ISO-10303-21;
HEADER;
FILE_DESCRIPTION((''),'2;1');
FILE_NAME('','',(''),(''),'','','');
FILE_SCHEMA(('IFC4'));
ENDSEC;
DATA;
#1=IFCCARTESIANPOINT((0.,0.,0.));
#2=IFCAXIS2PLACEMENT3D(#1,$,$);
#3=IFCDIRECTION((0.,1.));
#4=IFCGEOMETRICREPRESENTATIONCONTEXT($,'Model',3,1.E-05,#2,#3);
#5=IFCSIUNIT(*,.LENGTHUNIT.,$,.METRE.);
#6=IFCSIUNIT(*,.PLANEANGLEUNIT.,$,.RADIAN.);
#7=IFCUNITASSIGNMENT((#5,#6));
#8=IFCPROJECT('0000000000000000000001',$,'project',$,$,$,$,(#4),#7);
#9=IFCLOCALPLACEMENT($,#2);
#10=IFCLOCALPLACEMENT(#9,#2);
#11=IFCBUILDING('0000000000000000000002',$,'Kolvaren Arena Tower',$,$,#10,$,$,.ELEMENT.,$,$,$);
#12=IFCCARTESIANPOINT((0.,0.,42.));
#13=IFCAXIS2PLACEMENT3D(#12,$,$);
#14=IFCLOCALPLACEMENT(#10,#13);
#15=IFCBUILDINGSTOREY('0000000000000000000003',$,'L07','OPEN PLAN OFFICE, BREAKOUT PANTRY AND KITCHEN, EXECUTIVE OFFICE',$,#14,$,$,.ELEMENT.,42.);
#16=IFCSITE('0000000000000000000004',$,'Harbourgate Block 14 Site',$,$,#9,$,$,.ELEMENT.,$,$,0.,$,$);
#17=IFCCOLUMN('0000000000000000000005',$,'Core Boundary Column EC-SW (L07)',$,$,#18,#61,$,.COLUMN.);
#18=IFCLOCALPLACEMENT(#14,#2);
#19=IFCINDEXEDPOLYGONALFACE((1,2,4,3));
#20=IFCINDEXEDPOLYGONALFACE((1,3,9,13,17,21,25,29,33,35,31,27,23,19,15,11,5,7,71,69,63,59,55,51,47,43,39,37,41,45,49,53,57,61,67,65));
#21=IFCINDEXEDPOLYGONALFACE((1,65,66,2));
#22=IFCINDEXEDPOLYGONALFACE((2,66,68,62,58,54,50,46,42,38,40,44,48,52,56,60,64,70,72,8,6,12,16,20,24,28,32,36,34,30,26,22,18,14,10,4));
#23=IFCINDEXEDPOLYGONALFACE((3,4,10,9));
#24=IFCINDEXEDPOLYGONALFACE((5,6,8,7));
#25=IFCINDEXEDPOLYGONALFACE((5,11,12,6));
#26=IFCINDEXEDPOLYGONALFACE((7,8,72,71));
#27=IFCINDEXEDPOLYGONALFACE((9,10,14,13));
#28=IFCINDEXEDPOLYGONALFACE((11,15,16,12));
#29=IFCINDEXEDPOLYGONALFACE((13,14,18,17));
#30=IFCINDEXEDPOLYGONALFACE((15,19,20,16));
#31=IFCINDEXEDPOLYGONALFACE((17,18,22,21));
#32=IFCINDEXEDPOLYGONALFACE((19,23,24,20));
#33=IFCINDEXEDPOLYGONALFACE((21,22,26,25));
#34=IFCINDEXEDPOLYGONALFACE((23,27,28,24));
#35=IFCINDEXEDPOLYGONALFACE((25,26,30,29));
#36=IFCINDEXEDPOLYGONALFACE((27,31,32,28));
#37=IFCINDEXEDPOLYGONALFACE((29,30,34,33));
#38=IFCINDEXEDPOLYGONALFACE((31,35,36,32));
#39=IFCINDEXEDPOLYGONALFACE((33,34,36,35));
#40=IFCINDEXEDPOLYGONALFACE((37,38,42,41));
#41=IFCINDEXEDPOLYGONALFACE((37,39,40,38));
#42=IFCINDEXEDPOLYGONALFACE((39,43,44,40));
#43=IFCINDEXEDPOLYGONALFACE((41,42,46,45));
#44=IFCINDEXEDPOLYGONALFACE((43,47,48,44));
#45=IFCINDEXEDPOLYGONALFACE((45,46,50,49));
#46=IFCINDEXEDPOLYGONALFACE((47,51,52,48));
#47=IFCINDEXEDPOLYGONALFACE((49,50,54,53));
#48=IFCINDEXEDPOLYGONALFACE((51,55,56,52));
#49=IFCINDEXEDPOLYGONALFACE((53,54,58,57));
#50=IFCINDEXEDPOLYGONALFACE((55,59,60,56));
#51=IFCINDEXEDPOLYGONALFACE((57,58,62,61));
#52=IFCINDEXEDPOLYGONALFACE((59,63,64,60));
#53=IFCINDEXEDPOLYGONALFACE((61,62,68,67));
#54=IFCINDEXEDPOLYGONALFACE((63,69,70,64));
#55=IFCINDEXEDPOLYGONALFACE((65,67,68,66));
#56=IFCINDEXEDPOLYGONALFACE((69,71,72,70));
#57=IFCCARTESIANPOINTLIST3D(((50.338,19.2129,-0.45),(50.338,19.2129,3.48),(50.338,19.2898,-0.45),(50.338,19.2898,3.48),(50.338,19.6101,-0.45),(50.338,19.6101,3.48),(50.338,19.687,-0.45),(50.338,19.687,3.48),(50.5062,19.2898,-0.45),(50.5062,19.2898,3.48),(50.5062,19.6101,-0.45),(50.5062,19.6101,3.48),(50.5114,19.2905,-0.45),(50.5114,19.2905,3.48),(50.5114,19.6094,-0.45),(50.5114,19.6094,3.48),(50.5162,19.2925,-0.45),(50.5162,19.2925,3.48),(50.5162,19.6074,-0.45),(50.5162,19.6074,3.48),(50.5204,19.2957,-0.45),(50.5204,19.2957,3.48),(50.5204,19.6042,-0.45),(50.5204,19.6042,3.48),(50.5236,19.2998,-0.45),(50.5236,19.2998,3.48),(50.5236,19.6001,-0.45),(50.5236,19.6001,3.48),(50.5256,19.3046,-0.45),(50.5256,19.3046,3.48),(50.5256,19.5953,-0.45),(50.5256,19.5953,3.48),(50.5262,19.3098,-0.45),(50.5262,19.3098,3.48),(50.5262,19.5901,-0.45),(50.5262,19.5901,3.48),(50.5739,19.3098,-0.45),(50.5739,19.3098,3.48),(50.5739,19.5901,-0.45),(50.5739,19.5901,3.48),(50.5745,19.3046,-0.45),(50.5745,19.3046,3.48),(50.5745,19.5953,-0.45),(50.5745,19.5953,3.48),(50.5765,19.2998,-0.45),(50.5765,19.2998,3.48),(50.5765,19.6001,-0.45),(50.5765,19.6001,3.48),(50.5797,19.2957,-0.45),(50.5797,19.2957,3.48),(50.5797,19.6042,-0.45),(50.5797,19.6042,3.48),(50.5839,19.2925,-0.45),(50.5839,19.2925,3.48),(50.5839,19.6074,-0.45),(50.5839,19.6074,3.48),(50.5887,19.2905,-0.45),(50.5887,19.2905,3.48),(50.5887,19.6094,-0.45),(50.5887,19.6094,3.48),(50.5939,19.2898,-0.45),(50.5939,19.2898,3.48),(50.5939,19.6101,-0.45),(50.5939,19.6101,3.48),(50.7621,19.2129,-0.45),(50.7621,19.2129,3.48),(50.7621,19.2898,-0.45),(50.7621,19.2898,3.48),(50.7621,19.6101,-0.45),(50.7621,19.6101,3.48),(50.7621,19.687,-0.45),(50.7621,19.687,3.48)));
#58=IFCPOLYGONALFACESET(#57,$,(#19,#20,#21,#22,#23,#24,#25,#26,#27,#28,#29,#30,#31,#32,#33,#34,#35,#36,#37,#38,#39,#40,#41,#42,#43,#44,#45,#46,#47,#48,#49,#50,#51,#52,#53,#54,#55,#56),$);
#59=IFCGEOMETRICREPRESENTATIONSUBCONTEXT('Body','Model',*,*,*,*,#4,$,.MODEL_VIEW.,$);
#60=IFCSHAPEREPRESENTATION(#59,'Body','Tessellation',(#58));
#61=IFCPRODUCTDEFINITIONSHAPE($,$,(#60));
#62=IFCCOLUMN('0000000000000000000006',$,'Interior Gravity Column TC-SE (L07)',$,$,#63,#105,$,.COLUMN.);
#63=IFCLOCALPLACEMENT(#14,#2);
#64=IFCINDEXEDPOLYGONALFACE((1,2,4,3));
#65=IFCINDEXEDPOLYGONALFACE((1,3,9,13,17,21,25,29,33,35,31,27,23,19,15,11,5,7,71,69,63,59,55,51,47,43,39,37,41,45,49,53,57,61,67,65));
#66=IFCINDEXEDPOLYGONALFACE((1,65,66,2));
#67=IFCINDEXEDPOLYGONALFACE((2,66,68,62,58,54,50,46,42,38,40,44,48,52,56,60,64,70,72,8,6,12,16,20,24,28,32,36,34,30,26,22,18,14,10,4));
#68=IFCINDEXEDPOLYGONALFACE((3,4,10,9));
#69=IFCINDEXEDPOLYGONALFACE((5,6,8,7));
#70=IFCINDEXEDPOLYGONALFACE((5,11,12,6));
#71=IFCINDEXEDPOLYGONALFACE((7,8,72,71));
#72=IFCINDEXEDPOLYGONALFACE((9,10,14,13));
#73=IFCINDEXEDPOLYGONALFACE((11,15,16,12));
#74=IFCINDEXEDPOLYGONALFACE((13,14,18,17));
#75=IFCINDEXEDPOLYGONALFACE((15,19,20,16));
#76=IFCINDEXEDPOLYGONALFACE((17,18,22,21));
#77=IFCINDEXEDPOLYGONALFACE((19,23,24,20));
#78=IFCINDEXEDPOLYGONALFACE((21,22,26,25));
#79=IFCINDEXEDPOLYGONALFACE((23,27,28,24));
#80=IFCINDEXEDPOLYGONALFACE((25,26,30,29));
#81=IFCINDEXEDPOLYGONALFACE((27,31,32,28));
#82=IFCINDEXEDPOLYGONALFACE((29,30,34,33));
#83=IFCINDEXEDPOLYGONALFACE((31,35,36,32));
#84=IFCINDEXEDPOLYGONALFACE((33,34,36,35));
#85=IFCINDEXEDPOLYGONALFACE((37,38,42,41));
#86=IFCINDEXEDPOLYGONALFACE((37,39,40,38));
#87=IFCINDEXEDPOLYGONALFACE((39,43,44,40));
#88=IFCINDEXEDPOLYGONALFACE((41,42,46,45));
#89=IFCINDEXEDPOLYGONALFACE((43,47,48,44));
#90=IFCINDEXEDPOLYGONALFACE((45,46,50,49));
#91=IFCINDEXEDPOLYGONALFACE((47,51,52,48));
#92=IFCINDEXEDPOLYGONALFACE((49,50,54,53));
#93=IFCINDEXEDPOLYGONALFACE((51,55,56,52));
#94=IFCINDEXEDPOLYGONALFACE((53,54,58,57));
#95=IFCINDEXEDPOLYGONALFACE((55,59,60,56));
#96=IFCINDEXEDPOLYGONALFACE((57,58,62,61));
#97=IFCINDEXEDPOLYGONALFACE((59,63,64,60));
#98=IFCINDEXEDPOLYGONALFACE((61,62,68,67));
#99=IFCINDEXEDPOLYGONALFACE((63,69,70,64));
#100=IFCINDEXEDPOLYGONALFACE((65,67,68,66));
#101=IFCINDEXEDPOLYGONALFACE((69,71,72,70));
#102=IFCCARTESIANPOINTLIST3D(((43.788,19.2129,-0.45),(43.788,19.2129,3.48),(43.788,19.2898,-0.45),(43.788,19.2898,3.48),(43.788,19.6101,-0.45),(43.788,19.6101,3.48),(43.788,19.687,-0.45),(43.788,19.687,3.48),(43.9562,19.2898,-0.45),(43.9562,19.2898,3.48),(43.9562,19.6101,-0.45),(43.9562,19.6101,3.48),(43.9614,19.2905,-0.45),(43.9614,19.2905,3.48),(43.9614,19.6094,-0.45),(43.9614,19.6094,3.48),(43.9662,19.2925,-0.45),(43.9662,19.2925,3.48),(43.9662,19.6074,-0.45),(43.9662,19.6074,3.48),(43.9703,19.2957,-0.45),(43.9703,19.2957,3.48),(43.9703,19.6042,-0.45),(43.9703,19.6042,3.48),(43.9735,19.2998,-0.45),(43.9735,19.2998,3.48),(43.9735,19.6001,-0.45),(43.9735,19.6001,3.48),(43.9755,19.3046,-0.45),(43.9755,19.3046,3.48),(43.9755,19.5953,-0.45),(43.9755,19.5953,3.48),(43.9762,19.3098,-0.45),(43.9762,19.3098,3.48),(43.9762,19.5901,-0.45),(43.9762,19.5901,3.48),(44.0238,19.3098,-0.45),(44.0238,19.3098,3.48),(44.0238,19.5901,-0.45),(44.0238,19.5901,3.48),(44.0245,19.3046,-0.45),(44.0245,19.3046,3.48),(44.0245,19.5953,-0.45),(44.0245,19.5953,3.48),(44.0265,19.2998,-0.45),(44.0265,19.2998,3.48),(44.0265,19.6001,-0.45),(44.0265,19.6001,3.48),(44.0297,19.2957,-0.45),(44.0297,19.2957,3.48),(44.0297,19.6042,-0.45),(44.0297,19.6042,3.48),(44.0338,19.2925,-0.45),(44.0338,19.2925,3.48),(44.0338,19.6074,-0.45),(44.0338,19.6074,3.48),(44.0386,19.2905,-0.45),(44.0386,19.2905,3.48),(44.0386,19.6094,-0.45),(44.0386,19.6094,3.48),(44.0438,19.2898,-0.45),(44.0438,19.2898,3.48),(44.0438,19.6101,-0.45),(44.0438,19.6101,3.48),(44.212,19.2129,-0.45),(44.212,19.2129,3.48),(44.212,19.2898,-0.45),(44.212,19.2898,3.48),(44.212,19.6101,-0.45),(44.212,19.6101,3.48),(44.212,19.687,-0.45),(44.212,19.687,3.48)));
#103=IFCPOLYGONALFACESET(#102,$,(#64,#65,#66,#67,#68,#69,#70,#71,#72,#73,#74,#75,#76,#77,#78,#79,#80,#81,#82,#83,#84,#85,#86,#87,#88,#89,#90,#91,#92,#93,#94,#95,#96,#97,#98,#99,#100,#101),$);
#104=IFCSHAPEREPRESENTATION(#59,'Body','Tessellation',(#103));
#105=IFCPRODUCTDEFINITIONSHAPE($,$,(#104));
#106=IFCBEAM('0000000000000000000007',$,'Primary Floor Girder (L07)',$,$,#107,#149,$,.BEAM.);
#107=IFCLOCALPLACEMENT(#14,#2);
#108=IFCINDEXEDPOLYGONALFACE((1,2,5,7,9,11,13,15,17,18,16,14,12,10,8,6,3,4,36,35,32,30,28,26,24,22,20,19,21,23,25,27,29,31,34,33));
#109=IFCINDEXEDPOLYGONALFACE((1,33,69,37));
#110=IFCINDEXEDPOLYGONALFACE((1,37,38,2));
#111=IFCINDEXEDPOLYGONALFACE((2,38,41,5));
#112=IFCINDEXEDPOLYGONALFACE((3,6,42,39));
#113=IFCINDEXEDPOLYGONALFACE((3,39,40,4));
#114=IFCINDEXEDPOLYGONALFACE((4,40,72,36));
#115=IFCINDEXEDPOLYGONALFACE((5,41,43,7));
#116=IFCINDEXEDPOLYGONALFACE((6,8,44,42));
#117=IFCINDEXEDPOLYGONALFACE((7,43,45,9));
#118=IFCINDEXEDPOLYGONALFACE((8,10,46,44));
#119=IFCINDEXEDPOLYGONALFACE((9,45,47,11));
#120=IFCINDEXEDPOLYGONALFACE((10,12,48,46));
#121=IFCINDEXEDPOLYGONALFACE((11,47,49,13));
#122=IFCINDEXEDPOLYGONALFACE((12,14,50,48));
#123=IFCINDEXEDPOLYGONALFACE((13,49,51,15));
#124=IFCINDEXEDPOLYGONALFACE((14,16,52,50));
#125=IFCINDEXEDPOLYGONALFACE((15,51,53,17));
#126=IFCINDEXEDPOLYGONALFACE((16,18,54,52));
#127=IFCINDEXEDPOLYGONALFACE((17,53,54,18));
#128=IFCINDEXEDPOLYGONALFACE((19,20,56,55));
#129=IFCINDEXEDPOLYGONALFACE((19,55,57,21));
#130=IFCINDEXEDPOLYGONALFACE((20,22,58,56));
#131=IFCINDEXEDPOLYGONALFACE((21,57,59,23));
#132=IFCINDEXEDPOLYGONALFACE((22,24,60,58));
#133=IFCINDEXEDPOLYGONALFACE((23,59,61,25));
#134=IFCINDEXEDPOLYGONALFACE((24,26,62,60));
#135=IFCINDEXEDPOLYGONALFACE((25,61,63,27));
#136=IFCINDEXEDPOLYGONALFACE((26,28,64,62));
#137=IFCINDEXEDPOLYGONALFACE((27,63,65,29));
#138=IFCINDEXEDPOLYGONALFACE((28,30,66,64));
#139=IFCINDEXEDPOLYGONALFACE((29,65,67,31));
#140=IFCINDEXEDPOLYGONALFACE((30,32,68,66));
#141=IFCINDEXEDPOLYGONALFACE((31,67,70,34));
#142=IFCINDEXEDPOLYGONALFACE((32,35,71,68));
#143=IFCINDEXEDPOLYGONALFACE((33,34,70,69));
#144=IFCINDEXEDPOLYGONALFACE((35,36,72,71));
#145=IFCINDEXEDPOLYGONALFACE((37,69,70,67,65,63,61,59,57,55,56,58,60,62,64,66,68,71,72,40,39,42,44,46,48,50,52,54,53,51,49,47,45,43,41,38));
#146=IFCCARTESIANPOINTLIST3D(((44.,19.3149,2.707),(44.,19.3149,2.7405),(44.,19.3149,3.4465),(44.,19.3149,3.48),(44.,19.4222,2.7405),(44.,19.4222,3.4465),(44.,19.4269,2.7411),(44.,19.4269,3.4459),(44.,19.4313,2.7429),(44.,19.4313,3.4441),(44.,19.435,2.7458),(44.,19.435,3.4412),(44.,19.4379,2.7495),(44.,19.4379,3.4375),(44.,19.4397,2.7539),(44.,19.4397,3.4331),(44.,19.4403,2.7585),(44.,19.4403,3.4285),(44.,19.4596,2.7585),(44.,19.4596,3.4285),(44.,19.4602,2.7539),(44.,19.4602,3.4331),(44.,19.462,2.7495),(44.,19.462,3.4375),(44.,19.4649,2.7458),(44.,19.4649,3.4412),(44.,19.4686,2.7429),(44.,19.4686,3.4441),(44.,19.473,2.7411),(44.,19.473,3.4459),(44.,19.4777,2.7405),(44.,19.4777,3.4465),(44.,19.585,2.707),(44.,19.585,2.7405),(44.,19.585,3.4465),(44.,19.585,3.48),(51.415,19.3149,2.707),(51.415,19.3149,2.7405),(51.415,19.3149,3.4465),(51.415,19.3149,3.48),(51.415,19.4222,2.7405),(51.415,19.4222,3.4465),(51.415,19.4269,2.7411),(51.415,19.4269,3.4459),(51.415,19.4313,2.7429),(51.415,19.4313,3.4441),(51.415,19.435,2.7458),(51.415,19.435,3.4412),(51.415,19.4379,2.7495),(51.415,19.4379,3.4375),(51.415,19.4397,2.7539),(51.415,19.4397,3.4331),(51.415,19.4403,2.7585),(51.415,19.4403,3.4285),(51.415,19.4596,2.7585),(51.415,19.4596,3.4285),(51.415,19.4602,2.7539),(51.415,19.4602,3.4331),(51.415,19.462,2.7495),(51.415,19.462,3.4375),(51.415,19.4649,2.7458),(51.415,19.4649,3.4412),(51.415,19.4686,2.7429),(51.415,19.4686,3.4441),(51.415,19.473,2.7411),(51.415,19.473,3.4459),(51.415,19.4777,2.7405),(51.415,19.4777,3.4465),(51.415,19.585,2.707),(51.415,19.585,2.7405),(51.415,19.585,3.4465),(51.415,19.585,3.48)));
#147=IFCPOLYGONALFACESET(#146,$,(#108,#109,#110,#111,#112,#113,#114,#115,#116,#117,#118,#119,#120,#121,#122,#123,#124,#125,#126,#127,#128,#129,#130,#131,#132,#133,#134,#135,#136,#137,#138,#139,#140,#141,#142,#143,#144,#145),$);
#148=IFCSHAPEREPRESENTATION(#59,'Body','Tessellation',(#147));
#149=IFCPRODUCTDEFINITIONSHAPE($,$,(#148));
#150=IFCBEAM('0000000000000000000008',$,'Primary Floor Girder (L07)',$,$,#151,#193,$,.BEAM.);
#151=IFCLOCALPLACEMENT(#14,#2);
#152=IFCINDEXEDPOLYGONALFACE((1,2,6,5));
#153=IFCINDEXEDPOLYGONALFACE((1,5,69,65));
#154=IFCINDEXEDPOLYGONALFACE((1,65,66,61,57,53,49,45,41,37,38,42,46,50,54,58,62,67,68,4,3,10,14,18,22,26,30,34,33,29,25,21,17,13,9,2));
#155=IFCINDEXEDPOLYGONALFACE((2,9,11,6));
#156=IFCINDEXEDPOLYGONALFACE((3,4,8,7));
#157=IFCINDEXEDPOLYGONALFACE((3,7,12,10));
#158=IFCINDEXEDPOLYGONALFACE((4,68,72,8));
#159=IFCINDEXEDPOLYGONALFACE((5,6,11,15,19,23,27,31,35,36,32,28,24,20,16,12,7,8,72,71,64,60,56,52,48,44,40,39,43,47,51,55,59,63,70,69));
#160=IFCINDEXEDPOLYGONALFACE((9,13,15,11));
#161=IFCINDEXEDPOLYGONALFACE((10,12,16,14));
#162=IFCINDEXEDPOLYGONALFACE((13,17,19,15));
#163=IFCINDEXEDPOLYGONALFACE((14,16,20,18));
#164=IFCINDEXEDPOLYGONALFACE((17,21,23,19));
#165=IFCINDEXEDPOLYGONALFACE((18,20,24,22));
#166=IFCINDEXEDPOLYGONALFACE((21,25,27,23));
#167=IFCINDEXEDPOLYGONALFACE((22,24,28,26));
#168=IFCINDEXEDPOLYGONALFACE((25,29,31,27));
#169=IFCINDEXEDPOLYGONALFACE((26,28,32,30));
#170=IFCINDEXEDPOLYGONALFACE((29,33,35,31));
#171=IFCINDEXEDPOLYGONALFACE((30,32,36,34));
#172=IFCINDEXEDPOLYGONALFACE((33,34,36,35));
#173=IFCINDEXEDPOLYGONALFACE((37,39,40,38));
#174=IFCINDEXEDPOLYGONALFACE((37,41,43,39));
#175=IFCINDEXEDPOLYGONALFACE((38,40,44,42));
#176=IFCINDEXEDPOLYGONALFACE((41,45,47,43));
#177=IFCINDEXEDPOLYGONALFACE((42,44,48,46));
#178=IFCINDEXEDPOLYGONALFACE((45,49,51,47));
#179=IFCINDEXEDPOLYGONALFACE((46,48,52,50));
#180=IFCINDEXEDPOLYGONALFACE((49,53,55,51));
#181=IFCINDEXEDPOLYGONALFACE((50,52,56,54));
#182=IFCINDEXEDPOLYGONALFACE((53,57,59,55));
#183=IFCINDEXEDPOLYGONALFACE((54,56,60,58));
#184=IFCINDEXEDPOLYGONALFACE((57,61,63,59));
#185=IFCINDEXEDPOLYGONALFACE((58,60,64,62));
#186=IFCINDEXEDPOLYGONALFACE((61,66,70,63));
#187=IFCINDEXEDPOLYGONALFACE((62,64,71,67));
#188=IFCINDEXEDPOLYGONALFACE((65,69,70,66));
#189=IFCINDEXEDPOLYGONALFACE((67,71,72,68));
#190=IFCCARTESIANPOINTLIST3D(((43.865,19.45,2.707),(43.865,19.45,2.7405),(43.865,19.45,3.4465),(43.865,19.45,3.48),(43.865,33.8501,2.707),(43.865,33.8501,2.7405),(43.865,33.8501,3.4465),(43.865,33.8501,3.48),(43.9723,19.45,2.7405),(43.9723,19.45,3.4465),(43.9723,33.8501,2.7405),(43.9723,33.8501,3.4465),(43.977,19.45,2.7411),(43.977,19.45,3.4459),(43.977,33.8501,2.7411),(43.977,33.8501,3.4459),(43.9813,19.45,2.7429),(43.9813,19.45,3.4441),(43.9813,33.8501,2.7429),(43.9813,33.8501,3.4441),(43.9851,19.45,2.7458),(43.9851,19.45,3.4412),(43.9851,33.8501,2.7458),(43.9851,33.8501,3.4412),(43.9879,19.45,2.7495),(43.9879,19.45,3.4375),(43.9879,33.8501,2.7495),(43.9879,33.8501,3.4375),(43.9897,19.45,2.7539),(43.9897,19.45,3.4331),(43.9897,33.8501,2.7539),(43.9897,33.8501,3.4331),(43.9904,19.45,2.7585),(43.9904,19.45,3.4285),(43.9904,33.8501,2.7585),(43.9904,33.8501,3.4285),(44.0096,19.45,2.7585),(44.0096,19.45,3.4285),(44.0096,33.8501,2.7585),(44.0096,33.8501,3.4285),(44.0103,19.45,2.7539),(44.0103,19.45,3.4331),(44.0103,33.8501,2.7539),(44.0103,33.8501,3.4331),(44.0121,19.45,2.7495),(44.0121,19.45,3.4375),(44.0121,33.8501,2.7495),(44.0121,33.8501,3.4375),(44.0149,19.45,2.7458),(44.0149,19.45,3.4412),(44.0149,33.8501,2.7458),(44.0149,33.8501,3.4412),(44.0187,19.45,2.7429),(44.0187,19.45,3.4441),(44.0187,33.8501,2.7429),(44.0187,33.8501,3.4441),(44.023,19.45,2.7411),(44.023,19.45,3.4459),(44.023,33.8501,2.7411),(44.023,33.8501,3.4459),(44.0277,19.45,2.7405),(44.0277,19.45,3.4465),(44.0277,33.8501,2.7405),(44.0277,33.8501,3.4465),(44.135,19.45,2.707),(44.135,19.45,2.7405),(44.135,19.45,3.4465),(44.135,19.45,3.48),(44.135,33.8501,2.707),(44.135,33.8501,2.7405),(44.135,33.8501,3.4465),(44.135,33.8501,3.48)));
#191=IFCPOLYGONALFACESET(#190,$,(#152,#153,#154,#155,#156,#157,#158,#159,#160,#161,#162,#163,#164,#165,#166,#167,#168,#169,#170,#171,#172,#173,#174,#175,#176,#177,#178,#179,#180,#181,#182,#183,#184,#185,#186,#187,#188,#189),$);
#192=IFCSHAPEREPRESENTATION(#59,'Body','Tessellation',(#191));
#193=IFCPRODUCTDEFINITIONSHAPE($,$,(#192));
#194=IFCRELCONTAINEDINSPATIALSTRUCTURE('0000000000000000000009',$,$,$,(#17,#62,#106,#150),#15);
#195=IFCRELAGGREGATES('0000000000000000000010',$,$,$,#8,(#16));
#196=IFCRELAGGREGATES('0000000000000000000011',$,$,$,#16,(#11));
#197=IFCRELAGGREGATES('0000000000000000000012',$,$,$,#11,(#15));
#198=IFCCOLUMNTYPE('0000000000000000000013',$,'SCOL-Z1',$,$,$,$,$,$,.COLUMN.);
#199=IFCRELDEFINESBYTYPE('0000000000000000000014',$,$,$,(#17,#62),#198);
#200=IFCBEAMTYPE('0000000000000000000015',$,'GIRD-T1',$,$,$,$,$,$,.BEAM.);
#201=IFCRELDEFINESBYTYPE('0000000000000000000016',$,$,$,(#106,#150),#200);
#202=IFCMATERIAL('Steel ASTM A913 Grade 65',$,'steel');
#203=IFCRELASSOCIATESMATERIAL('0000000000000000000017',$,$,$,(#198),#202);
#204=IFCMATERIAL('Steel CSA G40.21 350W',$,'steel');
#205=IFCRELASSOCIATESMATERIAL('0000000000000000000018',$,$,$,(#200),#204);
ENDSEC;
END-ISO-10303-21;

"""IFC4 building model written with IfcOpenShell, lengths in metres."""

from ifc_helpers import new_model, si_unit, direction, frame, origin, origin_2d, place, context, subcontext, project, spatial, i_section, extrude, material, material_profile, profile_set, type_object, element, save


model = new_model("IFC4")

# Units and contexts
model_context = context("Model", 3, precision=1e-05, world=origin(), true_north=direction((0.0, 1.0)))
body_context = subcontext(model_context, "Body", "Model", "MODEL_VIEW")
ifc_project = project(units=[si_unit("LENGTHUNIT", "METRE"), si_unit("PLANEANGLEUNIT", "RADIAN")], contexts=[model_context])

# Site, building, storey
site_placement = place(None, origin())
site = spatial("IfcSite", under=ifc_project, at=site_placement, Name="Harbourgate Block 14 Site", CompositionType="ELEMENT", RefElevation=0.0)
building_placement = place(site_placement, origin())
building = spatial("IfcBuilding", under=site, at=building_placement, Name="Kolvaren Arena Tower", CompositionType="ELEMENT")
storey_placement = place(building_placement, frame((0.0, 0.0, 42.0)))
storey = spatial("IfcBuildingStorey", under=building, at=storey_placement, Name="L07", Description="OPEN PLAN OFFICE, BREAKOUT PANTRY AND KITCHEN, EXECUTIVE OFFICE", CompositionType="ELEMENT", Elevation=42.0)

# Columns
ifc_material_1 = material(Name="Steel ASTM A913 Grade 65", Category="steel")
ifc_material_profile_1 = material_profile(ifc_material_1, i_section(OverallWidth=0.4241, OverallDepth=0.4741, WebThickness=0.0476, FlangeThickness=0.0769, FilletRadius=0.02, at=origin_2d()), Name="W360x634")
ifc_profile_set_1 = profile_set([ifc_material_profile_1], Name="Steel ASTM A913 Grade 65")
column_type = type_object("IfcColumnType", Name="SCOL-Z1", PredefinedType="COLUMN", material=ifc_profile_set_1)
for number, where, z_axis, x_axis, name in (
    (1, (50.55, 19.45, -0.45), (0.0, 0.0, 1.0), (1.0, 0.0, 0.0), "Core Boundary Column EC-SW (L07)"),
    (2, (44.0, 19.45, -0.45), (0.0, 0.0, 1.0), (1.0, 0.0, 0.0), "Interior Gravity Column TC-SE (L07)"),
):
    element("IfcColumn", number, at=place(storey_placement, frame(where, z_axis=z_axis, x_axis=x_axis)), inside=storey, type_object=column_type, Name=name, PredefinedType="COLUMN", context=body_context, shape_type="SweptSolid", body=[
        extrude(i_section(OverallWidth=0.4241, OverallDepth=0.4741, WebThickness=0.0476, FlangeThickness=0.0769, FilletRadius=0.02, at=origin_2d()), origin(), (0.0, 0.0, 1.0), 3.9299),
    ])

# Beams
ifc_material_2 = material(Name="Steel CSA G40.21 350W", Category="steel")
ifc_material_profile_2 = material_profile(ifc_material_2, i_section(OverallWidth=0.27, OverallDepth=0.7729, WebThickness=0.0193, FlangeThickness=0.0334, FilletRadius=0.0181, at=origin_2d()), Name="W760x257")
ifc_profile_set_2 = profile_set([ifc_material_profile_2], Name="Steel CSA G40.21 350W")
beam_type_1 = type_object("IfcBeamType", Name="GIRD-T1", PredefinedType="BEAM", material=ifc_profile_set_2)
beam_1_placement = place(storey_placement, frame((44.0, 19.45, 3.0935), z_axis=(1.0, 0.0, 0.0), x_axis=(0.0, 1.0, 0.0)))
element("IfcBeam", 3, at=beam_1_placement, inside=storey, type_object=beam_type_1, Name="Primary Floor Girder (L07)", PredefinedType="BEAM", context=body_context, shape_type="SweptSolid", body=[
    extrude(i_section(OverallWidth=0.27, OverallDepth=0.7729, WebThickness=0.0193, FlangeThickness=0.0334, FilletRadius=0.0181, at=origin_2d()), origin(), (0.0, 0.0, 1.0), 7.415),
])
beam_2_placement = place(storey_placement, frame((44.0, 19.45, 3.0935), z_axis=(0.0, 1.0, 0.0), x_axis=(-1.0, 0.0, 0.0)))
element("IfcBeam", 4, at=beam_2_placement, inside=storey, type_object=beam_type_1, Name="Primary Floor Girder (L07)", PredefinedType="BEAM", context=body_context, shape_type="SweptSolid", body=[
    extrude(i_section(OverallWidth=0.27, OverallDepth=0.7729, WebThickness=0.0193, FlangeThickness=0.0334, FilletRadius=0.0181, at=origin_2d()), origin(), (0.0, 0.0, 1.0), 14.4001),
])

save(model, "model.ifc")
